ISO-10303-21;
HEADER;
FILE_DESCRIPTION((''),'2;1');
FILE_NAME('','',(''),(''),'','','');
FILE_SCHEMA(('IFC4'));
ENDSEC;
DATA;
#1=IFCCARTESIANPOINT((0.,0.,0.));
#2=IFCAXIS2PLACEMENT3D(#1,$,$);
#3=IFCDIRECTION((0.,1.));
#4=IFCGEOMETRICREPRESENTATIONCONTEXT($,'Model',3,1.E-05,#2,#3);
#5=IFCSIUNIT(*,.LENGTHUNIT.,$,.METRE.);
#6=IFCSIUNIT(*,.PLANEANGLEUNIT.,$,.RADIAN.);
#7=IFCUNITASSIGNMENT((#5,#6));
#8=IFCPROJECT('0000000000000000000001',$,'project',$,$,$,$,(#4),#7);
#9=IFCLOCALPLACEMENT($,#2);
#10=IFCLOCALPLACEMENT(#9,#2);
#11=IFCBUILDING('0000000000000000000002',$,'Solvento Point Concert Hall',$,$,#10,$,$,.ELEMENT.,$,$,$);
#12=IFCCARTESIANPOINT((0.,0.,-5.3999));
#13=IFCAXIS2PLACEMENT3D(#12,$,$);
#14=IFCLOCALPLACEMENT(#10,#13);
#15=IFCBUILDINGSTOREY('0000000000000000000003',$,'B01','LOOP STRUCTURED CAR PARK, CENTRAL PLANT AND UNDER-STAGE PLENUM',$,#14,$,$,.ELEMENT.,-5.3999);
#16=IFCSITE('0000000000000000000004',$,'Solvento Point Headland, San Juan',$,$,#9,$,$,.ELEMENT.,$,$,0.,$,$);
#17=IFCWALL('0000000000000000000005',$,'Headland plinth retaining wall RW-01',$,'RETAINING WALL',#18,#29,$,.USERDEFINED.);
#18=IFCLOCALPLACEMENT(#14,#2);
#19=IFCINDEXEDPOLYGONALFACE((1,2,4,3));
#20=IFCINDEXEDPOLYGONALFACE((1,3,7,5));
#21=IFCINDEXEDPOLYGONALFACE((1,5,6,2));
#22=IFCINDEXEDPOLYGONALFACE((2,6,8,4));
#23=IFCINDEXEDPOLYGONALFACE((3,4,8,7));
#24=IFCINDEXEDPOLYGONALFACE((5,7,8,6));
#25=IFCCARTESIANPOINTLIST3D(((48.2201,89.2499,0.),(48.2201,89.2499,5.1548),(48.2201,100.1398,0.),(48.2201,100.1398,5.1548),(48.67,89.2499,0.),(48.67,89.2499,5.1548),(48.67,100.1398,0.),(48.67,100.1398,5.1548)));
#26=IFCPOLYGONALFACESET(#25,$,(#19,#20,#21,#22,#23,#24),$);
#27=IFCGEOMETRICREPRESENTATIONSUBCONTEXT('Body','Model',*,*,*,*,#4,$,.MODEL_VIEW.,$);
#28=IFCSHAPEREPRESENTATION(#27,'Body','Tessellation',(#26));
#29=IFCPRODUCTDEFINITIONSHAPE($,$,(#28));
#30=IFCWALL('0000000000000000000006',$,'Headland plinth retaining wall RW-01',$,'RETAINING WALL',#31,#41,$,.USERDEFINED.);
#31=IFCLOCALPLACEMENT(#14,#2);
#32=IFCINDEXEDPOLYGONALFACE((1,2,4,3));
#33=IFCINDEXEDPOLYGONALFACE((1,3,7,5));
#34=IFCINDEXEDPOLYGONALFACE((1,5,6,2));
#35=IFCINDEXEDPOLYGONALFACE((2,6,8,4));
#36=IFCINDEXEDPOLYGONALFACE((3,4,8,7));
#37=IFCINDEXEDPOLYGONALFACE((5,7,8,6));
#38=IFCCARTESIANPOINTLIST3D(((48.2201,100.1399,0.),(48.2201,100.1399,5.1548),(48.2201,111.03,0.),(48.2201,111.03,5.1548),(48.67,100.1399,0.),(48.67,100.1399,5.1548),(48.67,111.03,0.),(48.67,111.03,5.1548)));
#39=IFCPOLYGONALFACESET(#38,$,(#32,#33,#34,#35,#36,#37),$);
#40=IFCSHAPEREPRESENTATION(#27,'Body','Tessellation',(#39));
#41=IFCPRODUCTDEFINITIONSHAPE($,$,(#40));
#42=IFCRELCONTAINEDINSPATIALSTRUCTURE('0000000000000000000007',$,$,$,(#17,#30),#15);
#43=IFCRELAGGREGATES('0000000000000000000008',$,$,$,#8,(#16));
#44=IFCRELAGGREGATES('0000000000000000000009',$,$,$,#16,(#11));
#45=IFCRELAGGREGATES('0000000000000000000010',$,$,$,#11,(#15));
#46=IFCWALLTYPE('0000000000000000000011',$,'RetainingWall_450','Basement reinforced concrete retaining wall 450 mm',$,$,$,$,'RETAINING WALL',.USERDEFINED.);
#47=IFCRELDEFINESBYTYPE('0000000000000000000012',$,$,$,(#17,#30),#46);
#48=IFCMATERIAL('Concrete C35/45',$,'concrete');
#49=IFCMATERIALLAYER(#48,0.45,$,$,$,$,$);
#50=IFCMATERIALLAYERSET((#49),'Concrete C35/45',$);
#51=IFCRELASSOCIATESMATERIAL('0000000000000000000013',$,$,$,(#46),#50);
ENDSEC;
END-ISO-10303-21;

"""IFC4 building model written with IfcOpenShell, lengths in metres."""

from ifc_helpers import new_model, si_unit, direction, frame, frame_2d, origin, place, context, subcontext, project, spatial, rectangle, extrude, material, layer, layer_set, type_object, element, save


model = new_model("IFC4")

# Units and contexts
model_context = context("Model", 3, precision=1e-05, world=origin(), true_north=direction((0.0, 1.0)))
body_context = subcontext(model_context, "Body", "Model", "MODEL_VIEW")
ifc_project = project(units=[si_unit("LENGTHUNIT", "METRE"), si_unit("PLANEANGLEUNIT", "RADIAN")], contexts=[model_context])

# Site, building, storey
site_placement = place(None, origin())
site = spatial("IfcSite", under=ifc_project, at=site_placement, Name="Solvento Point Headland, San Juan", CompositionType="ELEMENT", RefElevation=0.0)
building_placement = place(site_placement, origin())
building = spatial("IfcBuilding", under=site, at=building_placement, Name="Solvento Point Concert Hall", CompositionType="ELEMENT")
storey_placement = place(building_placement, frame((0.0, 0.0, -5.3999)))
storey = spatial("IfcBuildingStorey", under=building, at=storey_placement, Name="B01", Description="LOOP STRUCTURED CAR PARK, CENTRAL PLANT AND UNDER-STAGE PLENUM", CompositionType="ELEMENT", Elevation=-5.3999)

# Walls
ifc_material_1 = material(Name="Concrete C35/45", Category="concrete")
ifc_layer = layer(ifc_material_1, 0.45)
ifc_layer_set = layer_set([ifc_layer], Name="Concrete C35/45")
wall_type = type_object("IfcWallType", Name="RetainingWall_450", Description="Basement reinforced concrete retaining wall 450 mm", ElementType="RETAINING WALL", PredefinedType="USERDEFINED", material=ifc_layer_set)
wall_1_placement = place(storey_placement, frame((48.4451, 89.25, 0.0), z_axis=(0.0, 0.0, 1.0), x_axis=(0.0, 1.0, 0.0)))
element("IfcWall", 1, at=wall_1_placement, inside=storey, type_object=wall_type, Name="Headland plinth retaining wall RW-01", ObjectType="RETAINING WALL", PredefinedType="USERDEFINED", context=body_context, shape_type="SweptSolid", body=[
    extrude(rectangle(XDim=10.8899, YDim=0.45, at=frame_2d((5.4448, 0.0))), origin(), (0.0, 0.0, 1.0), 5.1548),
])
wall_2_placement = place(storey_placement, frame((48.4451, 100.1399, 0.0), z_axis=(0.0, 0.0, 1.0), x_axis=(0.0, 1.0, 0.0)))
element("IfcWall", 2, at=wall_2_placement, inside=storey, type_object=wall_type, Name="Headland plinth retaining wall RW-01", ObjectType="RETAINING WALL", PredefinedType="USERDEFINED", context=body_context, shape_type="SweptSolid", body=[
    extrude(rectangle(XDim=10.8901, YDim=0.45, at=frame_2d((5.4451, 0.0))), origin(), (0.0, 0.0, 1.0), 5.1548),
])

save(model, "model.ifc")
